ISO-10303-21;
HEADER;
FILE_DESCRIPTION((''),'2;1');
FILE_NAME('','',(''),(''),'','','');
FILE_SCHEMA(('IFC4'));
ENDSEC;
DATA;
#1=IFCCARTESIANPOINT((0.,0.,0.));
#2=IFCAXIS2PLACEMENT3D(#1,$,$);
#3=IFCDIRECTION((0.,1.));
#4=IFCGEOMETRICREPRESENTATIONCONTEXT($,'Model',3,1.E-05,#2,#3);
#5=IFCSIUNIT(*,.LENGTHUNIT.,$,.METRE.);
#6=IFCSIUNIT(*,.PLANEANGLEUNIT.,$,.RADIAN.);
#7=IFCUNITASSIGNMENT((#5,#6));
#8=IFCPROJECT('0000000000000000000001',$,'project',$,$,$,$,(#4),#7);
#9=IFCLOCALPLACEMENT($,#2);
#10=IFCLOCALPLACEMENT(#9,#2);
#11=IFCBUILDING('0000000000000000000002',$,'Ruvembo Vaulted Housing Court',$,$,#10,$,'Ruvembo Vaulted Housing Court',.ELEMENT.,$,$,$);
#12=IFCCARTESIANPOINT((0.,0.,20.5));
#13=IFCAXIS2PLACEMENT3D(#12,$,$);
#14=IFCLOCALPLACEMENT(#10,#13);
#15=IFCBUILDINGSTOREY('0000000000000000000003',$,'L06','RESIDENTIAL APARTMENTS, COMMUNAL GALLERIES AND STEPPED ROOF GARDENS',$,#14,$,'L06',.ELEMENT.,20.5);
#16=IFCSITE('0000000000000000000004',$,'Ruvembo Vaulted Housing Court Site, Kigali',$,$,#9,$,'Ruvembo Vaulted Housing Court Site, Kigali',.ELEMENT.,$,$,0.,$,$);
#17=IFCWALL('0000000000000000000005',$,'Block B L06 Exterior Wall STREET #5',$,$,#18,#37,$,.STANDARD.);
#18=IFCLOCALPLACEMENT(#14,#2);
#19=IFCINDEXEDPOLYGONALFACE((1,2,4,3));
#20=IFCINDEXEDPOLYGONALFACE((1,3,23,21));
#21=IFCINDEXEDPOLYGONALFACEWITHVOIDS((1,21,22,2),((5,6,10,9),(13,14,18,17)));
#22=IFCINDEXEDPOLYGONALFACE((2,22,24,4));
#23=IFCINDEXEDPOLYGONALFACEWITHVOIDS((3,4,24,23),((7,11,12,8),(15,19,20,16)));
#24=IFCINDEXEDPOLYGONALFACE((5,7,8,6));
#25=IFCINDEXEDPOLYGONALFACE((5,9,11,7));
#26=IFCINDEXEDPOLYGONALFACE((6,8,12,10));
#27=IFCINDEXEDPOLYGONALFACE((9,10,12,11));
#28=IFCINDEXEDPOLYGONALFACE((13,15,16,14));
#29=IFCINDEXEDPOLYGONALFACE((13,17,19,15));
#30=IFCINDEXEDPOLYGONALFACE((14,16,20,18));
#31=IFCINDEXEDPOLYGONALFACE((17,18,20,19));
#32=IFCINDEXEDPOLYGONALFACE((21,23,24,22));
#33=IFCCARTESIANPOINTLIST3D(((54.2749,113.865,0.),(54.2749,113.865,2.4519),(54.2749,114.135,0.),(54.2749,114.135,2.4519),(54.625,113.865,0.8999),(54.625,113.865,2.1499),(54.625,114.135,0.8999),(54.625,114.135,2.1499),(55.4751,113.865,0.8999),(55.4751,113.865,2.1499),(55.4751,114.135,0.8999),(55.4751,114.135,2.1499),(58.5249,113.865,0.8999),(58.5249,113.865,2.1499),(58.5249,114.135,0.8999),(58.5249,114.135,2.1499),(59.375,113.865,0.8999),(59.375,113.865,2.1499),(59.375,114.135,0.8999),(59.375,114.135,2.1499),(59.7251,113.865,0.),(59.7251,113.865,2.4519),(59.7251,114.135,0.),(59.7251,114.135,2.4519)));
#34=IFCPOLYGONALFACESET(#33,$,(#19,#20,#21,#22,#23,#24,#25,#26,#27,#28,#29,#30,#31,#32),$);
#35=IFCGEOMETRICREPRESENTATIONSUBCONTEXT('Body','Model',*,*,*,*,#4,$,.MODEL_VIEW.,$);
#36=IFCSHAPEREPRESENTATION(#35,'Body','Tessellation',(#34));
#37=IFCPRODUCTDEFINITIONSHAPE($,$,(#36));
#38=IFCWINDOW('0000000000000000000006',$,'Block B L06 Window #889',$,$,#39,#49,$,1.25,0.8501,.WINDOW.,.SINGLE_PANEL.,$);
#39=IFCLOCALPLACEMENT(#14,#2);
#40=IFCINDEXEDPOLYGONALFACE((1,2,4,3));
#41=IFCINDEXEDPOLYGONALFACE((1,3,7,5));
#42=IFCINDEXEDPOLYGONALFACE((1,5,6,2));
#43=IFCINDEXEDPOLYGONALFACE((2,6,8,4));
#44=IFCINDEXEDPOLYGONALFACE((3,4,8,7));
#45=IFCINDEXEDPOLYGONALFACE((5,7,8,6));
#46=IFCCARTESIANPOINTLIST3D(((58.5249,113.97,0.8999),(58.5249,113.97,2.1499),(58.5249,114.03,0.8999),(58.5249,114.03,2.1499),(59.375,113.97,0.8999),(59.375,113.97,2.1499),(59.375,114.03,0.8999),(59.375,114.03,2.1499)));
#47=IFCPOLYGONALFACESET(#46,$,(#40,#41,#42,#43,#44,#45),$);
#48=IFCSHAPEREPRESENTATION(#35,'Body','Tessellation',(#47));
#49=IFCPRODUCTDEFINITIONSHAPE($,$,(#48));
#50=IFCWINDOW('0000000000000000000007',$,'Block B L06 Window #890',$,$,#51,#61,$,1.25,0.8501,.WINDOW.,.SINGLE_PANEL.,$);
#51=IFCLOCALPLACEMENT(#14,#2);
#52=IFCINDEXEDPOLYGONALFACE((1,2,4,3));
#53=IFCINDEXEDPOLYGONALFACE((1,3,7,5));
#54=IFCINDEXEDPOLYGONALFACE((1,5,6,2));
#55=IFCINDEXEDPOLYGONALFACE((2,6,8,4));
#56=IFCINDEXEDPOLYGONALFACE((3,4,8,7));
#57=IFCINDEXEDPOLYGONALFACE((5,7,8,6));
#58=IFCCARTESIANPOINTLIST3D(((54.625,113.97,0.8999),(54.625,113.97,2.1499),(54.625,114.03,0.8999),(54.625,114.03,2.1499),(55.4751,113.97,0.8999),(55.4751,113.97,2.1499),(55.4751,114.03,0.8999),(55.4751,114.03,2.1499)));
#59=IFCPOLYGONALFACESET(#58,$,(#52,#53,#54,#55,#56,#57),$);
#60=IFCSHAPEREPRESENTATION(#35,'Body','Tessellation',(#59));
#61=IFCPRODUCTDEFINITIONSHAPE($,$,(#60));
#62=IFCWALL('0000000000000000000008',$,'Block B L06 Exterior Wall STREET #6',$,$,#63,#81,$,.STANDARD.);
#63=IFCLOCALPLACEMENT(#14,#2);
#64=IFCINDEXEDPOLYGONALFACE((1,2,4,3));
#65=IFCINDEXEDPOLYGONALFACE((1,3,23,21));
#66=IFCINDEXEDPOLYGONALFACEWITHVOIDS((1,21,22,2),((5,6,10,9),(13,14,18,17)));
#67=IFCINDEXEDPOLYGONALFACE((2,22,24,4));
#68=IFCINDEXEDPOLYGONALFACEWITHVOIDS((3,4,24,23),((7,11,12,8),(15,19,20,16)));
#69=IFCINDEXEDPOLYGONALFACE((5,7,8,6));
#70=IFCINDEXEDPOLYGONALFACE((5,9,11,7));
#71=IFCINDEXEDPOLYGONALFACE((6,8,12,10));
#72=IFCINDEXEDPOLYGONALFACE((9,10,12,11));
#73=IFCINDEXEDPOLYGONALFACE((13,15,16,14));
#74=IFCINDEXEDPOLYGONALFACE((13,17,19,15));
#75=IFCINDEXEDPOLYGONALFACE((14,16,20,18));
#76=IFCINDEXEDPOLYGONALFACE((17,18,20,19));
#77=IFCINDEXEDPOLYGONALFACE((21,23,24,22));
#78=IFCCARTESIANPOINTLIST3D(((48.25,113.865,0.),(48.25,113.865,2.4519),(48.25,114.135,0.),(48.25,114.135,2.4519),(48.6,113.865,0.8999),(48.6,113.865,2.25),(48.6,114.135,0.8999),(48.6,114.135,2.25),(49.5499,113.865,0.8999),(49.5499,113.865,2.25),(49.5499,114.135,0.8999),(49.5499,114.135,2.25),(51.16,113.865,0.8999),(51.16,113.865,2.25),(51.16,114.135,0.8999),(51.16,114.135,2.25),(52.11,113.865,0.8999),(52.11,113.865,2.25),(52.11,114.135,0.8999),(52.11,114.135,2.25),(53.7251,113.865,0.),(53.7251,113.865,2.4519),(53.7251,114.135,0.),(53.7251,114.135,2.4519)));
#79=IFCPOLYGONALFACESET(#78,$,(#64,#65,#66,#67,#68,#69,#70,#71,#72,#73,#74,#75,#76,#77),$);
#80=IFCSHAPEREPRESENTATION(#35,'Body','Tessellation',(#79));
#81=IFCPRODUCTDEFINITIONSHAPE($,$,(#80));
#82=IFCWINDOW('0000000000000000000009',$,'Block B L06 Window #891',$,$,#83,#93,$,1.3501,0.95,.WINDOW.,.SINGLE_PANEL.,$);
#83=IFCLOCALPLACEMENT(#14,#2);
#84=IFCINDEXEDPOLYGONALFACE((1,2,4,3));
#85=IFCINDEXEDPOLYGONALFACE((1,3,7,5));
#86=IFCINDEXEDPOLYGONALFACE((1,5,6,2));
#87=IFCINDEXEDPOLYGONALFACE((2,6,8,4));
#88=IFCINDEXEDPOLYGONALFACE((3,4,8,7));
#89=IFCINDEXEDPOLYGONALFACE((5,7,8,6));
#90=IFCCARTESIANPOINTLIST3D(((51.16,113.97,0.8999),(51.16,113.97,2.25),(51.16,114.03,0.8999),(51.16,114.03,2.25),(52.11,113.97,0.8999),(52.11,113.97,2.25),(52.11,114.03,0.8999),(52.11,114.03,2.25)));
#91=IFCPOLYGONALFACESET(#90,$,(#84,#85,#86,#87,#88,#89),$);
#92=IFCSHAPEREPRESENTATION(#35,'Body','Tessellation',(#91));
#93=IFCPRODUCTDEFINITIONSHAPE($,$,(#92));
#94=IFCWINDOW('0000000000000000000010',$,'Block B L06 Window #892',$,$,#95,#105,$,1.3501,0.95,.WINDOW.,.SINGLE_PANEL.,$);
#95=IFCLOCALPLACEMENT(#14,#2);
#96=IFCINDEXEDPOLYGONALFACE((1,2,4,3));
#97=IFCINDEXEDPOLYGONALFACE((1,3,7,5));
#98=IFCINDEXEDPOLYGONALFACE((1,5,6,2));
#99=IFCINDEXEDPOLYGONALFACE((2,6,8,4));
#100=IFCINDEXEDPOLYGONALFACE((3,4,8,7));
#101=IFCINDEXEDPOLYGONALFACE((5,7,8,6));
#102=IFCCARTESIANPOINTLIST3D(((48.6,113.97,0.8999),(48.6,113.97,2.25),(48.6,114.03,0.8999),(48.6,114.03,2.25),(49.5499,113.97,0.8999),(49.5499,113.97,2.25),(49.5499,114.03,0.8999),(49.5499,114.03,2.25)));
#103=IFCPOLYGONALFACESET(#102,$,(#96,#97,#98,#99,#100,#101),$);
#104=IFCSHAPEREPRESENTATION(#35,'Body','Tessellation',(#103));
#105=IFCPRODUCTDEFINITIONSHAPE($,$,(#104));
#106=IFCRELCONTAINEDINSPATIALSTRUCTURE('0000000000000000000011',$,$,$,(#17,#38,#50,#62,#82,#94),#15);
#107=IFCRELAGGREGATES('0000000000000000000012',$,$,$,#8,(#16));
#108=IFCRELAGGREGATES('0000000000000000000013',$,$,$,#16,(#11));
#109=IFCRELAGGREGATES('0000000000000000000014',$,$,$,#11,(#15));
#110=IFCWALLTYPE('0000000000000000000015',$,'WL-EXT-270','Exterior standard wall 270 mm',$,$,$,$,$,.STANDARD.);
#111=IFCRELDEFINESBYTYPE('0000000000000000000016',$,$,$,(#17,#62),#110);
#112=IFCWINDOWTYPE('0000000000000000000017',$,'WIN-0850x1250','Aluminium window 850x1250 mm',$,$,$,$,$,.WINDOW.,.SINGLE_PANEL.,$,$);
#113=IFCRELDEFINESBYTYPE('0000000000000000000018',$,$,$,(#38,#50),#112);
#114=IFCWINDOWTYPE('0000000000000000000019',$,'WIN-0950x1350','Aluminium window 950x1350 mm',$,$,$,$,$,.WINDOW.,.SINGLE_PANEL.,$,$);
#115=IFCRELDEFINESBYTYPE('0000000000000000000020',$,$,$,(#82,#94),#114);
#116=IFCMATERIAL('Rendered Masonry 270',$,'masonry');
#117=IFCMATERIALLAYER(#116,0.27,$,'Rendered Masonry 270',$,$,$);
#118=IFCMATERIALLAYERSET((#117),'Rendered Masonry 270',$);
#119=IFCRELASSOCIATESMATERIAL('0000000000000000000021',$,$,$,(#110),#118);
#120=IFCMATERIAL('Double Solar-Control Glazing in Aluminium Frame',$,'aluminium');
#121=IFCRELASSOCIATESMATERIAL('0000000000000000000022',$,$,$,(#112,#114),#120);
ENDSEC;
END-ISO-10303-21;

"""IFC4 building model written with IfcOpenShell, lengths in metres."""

from ifc_helpers import new_model, si_unit, direction, frame, frame_2d, origin, place, context, subcontext, project, spatial, rectangle, extrude, material, layer, layer_set, type_object, element, fill, save


model = new_model("IFC4")

# Units and contexts
model_context = context("Model", 3, precision=1e-05, world=origin(), true_north=direction((0.0, 1.0)))
body_context = subcontext(model_context, "Body", "Model", "MODEL_VIEW")
ifc_project = project(units=[si_unit("LENGTHUNIT", "METRE"), si_unit("PLANEANGLEUNIT", "RADIAN")], contexts=[model_context])

# Site, building, storey
site_placement = place(None, origin())
site = spatial("IfcSite", under=ifc_project, at=site_placement, Name="Ruvembo Vaulted Housing Court Site, Kigali", LongName="Ruvembo Vaulted Housing Court Site, Kigali", CompositionType="ELEMENT", RefElevation=0.0)
building_placement = place(site_placement, origin())
building = spatial("IfcBuilding", under=site, at=building_placement, Name="Ruvembo Vaulted Housing Court", LongName="Ruvembo Vaulted Housing Court", CompositionType="ELEMENT")
storey_placement = place(building_placement, frame((0.0, 0.0, 20.5)))
storey = spatial("IfcBuildingStorey", under=building, at=storey_placement, Name="L06", Description="RESIDENTIAL APARTMENTS, COMMUNAL GALLERIES AND STEPPED ROOF GARDENS", LongName="L06", CompositionType="ELEMENT", Elevation=20.5)

# Walls, openings, windows
ifc_material_1 = material(Name="Rendered Masonry 270", Category="masonry")
ifc_layer_1 = layer(ifc_material_1, 0.27, Name="Rendered Masonry 270")
ifc_layer_set_1 = layer_set([ifc_layer_1], Name="Rendered Masonry 270")
wall_type_1 = type_object("IfcWallType", Name="WL-EXT-270", Description="Exterior standard wall 270 mm", PredefinedType="STANDARD", material=ifc_layer_set_1)
wall_1_placement = place(storey_placement, frame((59.7251, 114.0, 0.0), z_axis=(0.0, 0.0, 1.0), x_axis=(-1.0, 0.0, 0.0)))
wall_1 = element("IfcWall", 1, at=wall_1_placement, inside=storey, type_object=wall_type_1, Name="Block B L06 Exterior Wall STREET #5", PredefinedType="STANDARD", context=body_context, shape_type="SweptSolid", body=[
    extrude(rectangle(XDim=5.4502, YDim=0.27, at=frame_2d((2.7251, 0.0))), origin(), (0.0, 0.0, 1.0), 2.4519),
])
opening_1_placement = place(wall_1_placement, frame((0.3501, 0.0, 0.8999)))
opening_1 = element("IfcOpeningElement", 2, at=opening_1_placement, cuts=wall_1, PredefinedType="OPENING", context=body_context, shape_type="SweptSolid", body=[
    extrude(rectangle(XDim=0.8501, YDim=1.25, at=frame_2d((0.425, 0.625))), frame((0.0, 0.145, 0.0), z_axis=(0.0, -1.0, 0.0), x_axis=(1.0, 0.0, 0.0)), (0.0, 0.0, 1.0), 0.29),
])
opening_2_placement = place(wall_1_placement, frame((4.25, 0.0, 0.8999)))
opening_2 = element("IfcOpeningElement", 3, at=opening_2_placement, cuts=wall_1, PredefinedType="OPENING", context=body_context, shape_type="SweptSolid", body=[
    extrude(rectangle(XDim=0.8501, YDim=1.25, at=frame_2d((0.425, 0.625))), frame((0.0, 0.145, 0.0), z_axis=(0.0, -1.0, 0.0), x_axis=(1.0, 0.0, 0.0)), (0.0, 0.0, 1.0), 0.29),
])
ifc_material_2 = material(Name="Double Solar-Control Glazing in Aluminium Frame", Category="aluminium")
window_type_1 = type_object("IfcWindowType", Name="WIN-0850x1250", Description="Aluminium window 850x1250 mm", PartitioningType="SINGLE_PANEL", PredefinedType="WINDOW", material=ifc_material_2)
window_1_placement = place(opening_1_placement, origin())
window_1 = element("IfcWindow", 4, at=window_1_placement, inside=storey, type_object=window_type_1, Name="Block B L06 Window #889", OverallHeight=1.25, OverallWidth=0.8501, PartitioningType="SINGLE_PANEL", PredefinedType="WINDOW", context=body_context, shape_type="SweptSolid", body=[
    extrude(rectangle(XDim=0.8501, YDim=1.25, at=frame_2d((0.425, 0.625))), frame((0.0, 0.03, 0.0), z_axis=(0.0, -1.0, 0.0), x_axis=(1.0, 0.0, 0.0)), (0.0, 0.0, 1.0), 0.0601),
])
fill(opening_1, window_1)
window_2_placement = place(opening_2_placement, origin())
window_2 = element("IfcWindow", 5, at=window_2_placement, inside=storey, type_object=window_type_1, Name="Block B L06 Window #890", OverallHeight=1.25, OverallWidth=0.8501, PartitioningType="SINGLE_PANEL", PredefinedType="WINDOW", context=body_context, shape_type="SweptSolid", body=[
    extrude(rectangle(XDim=0.8501, YDim=1.25, at=frame_2d((0.425, 0.625))), frame((0.0, 0.03, 0.0), z_axis=(0.0, -1.0, 0.0), x_axis=(1.0, 0.0, 0.0)), (0.0, 0.0, 1.0), 0.0601),
])
fill(opening_2, window_2)
wall_2_placement = place(storey_placement, frame((53.7251, 114.0, 0.0), z_axis=(0.0, 0.0, 1.0), x_axis=(-1.0, 0.0, 0.0)))
wall_2 = element("IfcWall", 6, at=wall_2_placement, inside=storey, type_object=wall_type_1, Name="Block B L06 Exterior Wall STREET #6", PredefinedType="STANDARD", context=body_context, shape_type="SweptSolid", body=[
    extrude(rectangle(XDim=5.4751, YDim=0.27, at=frame_2d((2.7375, 0.0))), origin(), (0.0, 0.0, 1.0), 2.4519),
])
opening_3_placement = place(wall_2_placement, frame((1.615, 0.0, 0.8999)))
opening_3 = element("IfcOpeningElement", 7, at=opening_3_placement, cuts=wall_2, PredefinedType="OPENING", context=body_context, shape_type="SweptSolid", body=[
    extrude(rectangle(XDim=0.95, YDim=1.3501, at=frame_2d((0.4751, 0.675))), frame((0.0, 0.145, 0.0), z_axis=(0.0, -1.0, 0.0), x_axis=(1.0, 0.0, 0.0)), (0.0, 0.0, 1.0), 0.29),
])
opening_4_placement = place(wall_2_placement, frame((4.175, 0.0, 0.8999)))
opening_4 = element("IfcOpeningElement", 8, at=opening_4_placement, cuts=wall_2, PredefinedType="OPENING", context=body_context, shape_type="SweptSolid", body=[
    extrude(rectangle(XDim=0.95, YDim=1.3501, at=frame_2d((0.4751, 0.675))), frame((0.0, 0.145, 0.0), z_axis=(0.0, -1.0, 0.0), x_axis=(1.0, 0.0, 0.0)), (0.0, 0.0, 1.0), 0.29),
])
window_type_2 = type_object("IfcWindowType", Name="WIN-0950x1350", Description="Aluminium window 950x1350 mm", PartitioningType="SINGLE_PANEL", PredefinedType="WINDOW", material=ifc_material_2)
window_3_placement = place(opening_3_placement, origin())
window_3 = element("IfcWindow", 9, at=window_3_placement, inside=storey, type_object=window_type_2, Name="Block B L06 Window #891", OverallHeight=1.3501, OverallWidth=0.95, PartitioningType="SINGLE_PANEL", PredefinedType="WINDOW", context=body_context, shape_type="SweptSolid", body=[
    extrude(rectangle(XDim=0.95, YDim=1.3501, at=frame_2d((0.4751, 0.675))), frame((0.0, 0.03, 0.0), z_axis=(0.0, -1.0, 0.0), x_axis=(1.0, 0.0, 0.0)), (0.0, 0.0, 1.0), 0.0601),
])
fill(opening_3, window_3)
window_4_placement = place(opening_4_placement, origin())
window_4 = element("IfcWindow", 10, at=window_4_placement, inside=storey, type_object=window_type_2, Name="Block B L06 Window #892", OverallHeight=1.3501, OverallWidth=0.95, PartitioningType="SINGLE_PANEL", PredefinedType="WINDOW", context=body_context, shape_type="SweptSolid", body=[
    extrude(rectangle(XDim=0.95, YDim=1.3501, at=frame_2d((0.4751, 0.675))), frame((0.0, 0.03, 0.0), z_axis=(0.0, -1.0, 0.0), x_axis=(1.0, 0.0, 0.0)), (0.0, 0.0, 1.0), 0.0601),
])
fill(opening_4, window_4)

save(model, "model.ifc")
